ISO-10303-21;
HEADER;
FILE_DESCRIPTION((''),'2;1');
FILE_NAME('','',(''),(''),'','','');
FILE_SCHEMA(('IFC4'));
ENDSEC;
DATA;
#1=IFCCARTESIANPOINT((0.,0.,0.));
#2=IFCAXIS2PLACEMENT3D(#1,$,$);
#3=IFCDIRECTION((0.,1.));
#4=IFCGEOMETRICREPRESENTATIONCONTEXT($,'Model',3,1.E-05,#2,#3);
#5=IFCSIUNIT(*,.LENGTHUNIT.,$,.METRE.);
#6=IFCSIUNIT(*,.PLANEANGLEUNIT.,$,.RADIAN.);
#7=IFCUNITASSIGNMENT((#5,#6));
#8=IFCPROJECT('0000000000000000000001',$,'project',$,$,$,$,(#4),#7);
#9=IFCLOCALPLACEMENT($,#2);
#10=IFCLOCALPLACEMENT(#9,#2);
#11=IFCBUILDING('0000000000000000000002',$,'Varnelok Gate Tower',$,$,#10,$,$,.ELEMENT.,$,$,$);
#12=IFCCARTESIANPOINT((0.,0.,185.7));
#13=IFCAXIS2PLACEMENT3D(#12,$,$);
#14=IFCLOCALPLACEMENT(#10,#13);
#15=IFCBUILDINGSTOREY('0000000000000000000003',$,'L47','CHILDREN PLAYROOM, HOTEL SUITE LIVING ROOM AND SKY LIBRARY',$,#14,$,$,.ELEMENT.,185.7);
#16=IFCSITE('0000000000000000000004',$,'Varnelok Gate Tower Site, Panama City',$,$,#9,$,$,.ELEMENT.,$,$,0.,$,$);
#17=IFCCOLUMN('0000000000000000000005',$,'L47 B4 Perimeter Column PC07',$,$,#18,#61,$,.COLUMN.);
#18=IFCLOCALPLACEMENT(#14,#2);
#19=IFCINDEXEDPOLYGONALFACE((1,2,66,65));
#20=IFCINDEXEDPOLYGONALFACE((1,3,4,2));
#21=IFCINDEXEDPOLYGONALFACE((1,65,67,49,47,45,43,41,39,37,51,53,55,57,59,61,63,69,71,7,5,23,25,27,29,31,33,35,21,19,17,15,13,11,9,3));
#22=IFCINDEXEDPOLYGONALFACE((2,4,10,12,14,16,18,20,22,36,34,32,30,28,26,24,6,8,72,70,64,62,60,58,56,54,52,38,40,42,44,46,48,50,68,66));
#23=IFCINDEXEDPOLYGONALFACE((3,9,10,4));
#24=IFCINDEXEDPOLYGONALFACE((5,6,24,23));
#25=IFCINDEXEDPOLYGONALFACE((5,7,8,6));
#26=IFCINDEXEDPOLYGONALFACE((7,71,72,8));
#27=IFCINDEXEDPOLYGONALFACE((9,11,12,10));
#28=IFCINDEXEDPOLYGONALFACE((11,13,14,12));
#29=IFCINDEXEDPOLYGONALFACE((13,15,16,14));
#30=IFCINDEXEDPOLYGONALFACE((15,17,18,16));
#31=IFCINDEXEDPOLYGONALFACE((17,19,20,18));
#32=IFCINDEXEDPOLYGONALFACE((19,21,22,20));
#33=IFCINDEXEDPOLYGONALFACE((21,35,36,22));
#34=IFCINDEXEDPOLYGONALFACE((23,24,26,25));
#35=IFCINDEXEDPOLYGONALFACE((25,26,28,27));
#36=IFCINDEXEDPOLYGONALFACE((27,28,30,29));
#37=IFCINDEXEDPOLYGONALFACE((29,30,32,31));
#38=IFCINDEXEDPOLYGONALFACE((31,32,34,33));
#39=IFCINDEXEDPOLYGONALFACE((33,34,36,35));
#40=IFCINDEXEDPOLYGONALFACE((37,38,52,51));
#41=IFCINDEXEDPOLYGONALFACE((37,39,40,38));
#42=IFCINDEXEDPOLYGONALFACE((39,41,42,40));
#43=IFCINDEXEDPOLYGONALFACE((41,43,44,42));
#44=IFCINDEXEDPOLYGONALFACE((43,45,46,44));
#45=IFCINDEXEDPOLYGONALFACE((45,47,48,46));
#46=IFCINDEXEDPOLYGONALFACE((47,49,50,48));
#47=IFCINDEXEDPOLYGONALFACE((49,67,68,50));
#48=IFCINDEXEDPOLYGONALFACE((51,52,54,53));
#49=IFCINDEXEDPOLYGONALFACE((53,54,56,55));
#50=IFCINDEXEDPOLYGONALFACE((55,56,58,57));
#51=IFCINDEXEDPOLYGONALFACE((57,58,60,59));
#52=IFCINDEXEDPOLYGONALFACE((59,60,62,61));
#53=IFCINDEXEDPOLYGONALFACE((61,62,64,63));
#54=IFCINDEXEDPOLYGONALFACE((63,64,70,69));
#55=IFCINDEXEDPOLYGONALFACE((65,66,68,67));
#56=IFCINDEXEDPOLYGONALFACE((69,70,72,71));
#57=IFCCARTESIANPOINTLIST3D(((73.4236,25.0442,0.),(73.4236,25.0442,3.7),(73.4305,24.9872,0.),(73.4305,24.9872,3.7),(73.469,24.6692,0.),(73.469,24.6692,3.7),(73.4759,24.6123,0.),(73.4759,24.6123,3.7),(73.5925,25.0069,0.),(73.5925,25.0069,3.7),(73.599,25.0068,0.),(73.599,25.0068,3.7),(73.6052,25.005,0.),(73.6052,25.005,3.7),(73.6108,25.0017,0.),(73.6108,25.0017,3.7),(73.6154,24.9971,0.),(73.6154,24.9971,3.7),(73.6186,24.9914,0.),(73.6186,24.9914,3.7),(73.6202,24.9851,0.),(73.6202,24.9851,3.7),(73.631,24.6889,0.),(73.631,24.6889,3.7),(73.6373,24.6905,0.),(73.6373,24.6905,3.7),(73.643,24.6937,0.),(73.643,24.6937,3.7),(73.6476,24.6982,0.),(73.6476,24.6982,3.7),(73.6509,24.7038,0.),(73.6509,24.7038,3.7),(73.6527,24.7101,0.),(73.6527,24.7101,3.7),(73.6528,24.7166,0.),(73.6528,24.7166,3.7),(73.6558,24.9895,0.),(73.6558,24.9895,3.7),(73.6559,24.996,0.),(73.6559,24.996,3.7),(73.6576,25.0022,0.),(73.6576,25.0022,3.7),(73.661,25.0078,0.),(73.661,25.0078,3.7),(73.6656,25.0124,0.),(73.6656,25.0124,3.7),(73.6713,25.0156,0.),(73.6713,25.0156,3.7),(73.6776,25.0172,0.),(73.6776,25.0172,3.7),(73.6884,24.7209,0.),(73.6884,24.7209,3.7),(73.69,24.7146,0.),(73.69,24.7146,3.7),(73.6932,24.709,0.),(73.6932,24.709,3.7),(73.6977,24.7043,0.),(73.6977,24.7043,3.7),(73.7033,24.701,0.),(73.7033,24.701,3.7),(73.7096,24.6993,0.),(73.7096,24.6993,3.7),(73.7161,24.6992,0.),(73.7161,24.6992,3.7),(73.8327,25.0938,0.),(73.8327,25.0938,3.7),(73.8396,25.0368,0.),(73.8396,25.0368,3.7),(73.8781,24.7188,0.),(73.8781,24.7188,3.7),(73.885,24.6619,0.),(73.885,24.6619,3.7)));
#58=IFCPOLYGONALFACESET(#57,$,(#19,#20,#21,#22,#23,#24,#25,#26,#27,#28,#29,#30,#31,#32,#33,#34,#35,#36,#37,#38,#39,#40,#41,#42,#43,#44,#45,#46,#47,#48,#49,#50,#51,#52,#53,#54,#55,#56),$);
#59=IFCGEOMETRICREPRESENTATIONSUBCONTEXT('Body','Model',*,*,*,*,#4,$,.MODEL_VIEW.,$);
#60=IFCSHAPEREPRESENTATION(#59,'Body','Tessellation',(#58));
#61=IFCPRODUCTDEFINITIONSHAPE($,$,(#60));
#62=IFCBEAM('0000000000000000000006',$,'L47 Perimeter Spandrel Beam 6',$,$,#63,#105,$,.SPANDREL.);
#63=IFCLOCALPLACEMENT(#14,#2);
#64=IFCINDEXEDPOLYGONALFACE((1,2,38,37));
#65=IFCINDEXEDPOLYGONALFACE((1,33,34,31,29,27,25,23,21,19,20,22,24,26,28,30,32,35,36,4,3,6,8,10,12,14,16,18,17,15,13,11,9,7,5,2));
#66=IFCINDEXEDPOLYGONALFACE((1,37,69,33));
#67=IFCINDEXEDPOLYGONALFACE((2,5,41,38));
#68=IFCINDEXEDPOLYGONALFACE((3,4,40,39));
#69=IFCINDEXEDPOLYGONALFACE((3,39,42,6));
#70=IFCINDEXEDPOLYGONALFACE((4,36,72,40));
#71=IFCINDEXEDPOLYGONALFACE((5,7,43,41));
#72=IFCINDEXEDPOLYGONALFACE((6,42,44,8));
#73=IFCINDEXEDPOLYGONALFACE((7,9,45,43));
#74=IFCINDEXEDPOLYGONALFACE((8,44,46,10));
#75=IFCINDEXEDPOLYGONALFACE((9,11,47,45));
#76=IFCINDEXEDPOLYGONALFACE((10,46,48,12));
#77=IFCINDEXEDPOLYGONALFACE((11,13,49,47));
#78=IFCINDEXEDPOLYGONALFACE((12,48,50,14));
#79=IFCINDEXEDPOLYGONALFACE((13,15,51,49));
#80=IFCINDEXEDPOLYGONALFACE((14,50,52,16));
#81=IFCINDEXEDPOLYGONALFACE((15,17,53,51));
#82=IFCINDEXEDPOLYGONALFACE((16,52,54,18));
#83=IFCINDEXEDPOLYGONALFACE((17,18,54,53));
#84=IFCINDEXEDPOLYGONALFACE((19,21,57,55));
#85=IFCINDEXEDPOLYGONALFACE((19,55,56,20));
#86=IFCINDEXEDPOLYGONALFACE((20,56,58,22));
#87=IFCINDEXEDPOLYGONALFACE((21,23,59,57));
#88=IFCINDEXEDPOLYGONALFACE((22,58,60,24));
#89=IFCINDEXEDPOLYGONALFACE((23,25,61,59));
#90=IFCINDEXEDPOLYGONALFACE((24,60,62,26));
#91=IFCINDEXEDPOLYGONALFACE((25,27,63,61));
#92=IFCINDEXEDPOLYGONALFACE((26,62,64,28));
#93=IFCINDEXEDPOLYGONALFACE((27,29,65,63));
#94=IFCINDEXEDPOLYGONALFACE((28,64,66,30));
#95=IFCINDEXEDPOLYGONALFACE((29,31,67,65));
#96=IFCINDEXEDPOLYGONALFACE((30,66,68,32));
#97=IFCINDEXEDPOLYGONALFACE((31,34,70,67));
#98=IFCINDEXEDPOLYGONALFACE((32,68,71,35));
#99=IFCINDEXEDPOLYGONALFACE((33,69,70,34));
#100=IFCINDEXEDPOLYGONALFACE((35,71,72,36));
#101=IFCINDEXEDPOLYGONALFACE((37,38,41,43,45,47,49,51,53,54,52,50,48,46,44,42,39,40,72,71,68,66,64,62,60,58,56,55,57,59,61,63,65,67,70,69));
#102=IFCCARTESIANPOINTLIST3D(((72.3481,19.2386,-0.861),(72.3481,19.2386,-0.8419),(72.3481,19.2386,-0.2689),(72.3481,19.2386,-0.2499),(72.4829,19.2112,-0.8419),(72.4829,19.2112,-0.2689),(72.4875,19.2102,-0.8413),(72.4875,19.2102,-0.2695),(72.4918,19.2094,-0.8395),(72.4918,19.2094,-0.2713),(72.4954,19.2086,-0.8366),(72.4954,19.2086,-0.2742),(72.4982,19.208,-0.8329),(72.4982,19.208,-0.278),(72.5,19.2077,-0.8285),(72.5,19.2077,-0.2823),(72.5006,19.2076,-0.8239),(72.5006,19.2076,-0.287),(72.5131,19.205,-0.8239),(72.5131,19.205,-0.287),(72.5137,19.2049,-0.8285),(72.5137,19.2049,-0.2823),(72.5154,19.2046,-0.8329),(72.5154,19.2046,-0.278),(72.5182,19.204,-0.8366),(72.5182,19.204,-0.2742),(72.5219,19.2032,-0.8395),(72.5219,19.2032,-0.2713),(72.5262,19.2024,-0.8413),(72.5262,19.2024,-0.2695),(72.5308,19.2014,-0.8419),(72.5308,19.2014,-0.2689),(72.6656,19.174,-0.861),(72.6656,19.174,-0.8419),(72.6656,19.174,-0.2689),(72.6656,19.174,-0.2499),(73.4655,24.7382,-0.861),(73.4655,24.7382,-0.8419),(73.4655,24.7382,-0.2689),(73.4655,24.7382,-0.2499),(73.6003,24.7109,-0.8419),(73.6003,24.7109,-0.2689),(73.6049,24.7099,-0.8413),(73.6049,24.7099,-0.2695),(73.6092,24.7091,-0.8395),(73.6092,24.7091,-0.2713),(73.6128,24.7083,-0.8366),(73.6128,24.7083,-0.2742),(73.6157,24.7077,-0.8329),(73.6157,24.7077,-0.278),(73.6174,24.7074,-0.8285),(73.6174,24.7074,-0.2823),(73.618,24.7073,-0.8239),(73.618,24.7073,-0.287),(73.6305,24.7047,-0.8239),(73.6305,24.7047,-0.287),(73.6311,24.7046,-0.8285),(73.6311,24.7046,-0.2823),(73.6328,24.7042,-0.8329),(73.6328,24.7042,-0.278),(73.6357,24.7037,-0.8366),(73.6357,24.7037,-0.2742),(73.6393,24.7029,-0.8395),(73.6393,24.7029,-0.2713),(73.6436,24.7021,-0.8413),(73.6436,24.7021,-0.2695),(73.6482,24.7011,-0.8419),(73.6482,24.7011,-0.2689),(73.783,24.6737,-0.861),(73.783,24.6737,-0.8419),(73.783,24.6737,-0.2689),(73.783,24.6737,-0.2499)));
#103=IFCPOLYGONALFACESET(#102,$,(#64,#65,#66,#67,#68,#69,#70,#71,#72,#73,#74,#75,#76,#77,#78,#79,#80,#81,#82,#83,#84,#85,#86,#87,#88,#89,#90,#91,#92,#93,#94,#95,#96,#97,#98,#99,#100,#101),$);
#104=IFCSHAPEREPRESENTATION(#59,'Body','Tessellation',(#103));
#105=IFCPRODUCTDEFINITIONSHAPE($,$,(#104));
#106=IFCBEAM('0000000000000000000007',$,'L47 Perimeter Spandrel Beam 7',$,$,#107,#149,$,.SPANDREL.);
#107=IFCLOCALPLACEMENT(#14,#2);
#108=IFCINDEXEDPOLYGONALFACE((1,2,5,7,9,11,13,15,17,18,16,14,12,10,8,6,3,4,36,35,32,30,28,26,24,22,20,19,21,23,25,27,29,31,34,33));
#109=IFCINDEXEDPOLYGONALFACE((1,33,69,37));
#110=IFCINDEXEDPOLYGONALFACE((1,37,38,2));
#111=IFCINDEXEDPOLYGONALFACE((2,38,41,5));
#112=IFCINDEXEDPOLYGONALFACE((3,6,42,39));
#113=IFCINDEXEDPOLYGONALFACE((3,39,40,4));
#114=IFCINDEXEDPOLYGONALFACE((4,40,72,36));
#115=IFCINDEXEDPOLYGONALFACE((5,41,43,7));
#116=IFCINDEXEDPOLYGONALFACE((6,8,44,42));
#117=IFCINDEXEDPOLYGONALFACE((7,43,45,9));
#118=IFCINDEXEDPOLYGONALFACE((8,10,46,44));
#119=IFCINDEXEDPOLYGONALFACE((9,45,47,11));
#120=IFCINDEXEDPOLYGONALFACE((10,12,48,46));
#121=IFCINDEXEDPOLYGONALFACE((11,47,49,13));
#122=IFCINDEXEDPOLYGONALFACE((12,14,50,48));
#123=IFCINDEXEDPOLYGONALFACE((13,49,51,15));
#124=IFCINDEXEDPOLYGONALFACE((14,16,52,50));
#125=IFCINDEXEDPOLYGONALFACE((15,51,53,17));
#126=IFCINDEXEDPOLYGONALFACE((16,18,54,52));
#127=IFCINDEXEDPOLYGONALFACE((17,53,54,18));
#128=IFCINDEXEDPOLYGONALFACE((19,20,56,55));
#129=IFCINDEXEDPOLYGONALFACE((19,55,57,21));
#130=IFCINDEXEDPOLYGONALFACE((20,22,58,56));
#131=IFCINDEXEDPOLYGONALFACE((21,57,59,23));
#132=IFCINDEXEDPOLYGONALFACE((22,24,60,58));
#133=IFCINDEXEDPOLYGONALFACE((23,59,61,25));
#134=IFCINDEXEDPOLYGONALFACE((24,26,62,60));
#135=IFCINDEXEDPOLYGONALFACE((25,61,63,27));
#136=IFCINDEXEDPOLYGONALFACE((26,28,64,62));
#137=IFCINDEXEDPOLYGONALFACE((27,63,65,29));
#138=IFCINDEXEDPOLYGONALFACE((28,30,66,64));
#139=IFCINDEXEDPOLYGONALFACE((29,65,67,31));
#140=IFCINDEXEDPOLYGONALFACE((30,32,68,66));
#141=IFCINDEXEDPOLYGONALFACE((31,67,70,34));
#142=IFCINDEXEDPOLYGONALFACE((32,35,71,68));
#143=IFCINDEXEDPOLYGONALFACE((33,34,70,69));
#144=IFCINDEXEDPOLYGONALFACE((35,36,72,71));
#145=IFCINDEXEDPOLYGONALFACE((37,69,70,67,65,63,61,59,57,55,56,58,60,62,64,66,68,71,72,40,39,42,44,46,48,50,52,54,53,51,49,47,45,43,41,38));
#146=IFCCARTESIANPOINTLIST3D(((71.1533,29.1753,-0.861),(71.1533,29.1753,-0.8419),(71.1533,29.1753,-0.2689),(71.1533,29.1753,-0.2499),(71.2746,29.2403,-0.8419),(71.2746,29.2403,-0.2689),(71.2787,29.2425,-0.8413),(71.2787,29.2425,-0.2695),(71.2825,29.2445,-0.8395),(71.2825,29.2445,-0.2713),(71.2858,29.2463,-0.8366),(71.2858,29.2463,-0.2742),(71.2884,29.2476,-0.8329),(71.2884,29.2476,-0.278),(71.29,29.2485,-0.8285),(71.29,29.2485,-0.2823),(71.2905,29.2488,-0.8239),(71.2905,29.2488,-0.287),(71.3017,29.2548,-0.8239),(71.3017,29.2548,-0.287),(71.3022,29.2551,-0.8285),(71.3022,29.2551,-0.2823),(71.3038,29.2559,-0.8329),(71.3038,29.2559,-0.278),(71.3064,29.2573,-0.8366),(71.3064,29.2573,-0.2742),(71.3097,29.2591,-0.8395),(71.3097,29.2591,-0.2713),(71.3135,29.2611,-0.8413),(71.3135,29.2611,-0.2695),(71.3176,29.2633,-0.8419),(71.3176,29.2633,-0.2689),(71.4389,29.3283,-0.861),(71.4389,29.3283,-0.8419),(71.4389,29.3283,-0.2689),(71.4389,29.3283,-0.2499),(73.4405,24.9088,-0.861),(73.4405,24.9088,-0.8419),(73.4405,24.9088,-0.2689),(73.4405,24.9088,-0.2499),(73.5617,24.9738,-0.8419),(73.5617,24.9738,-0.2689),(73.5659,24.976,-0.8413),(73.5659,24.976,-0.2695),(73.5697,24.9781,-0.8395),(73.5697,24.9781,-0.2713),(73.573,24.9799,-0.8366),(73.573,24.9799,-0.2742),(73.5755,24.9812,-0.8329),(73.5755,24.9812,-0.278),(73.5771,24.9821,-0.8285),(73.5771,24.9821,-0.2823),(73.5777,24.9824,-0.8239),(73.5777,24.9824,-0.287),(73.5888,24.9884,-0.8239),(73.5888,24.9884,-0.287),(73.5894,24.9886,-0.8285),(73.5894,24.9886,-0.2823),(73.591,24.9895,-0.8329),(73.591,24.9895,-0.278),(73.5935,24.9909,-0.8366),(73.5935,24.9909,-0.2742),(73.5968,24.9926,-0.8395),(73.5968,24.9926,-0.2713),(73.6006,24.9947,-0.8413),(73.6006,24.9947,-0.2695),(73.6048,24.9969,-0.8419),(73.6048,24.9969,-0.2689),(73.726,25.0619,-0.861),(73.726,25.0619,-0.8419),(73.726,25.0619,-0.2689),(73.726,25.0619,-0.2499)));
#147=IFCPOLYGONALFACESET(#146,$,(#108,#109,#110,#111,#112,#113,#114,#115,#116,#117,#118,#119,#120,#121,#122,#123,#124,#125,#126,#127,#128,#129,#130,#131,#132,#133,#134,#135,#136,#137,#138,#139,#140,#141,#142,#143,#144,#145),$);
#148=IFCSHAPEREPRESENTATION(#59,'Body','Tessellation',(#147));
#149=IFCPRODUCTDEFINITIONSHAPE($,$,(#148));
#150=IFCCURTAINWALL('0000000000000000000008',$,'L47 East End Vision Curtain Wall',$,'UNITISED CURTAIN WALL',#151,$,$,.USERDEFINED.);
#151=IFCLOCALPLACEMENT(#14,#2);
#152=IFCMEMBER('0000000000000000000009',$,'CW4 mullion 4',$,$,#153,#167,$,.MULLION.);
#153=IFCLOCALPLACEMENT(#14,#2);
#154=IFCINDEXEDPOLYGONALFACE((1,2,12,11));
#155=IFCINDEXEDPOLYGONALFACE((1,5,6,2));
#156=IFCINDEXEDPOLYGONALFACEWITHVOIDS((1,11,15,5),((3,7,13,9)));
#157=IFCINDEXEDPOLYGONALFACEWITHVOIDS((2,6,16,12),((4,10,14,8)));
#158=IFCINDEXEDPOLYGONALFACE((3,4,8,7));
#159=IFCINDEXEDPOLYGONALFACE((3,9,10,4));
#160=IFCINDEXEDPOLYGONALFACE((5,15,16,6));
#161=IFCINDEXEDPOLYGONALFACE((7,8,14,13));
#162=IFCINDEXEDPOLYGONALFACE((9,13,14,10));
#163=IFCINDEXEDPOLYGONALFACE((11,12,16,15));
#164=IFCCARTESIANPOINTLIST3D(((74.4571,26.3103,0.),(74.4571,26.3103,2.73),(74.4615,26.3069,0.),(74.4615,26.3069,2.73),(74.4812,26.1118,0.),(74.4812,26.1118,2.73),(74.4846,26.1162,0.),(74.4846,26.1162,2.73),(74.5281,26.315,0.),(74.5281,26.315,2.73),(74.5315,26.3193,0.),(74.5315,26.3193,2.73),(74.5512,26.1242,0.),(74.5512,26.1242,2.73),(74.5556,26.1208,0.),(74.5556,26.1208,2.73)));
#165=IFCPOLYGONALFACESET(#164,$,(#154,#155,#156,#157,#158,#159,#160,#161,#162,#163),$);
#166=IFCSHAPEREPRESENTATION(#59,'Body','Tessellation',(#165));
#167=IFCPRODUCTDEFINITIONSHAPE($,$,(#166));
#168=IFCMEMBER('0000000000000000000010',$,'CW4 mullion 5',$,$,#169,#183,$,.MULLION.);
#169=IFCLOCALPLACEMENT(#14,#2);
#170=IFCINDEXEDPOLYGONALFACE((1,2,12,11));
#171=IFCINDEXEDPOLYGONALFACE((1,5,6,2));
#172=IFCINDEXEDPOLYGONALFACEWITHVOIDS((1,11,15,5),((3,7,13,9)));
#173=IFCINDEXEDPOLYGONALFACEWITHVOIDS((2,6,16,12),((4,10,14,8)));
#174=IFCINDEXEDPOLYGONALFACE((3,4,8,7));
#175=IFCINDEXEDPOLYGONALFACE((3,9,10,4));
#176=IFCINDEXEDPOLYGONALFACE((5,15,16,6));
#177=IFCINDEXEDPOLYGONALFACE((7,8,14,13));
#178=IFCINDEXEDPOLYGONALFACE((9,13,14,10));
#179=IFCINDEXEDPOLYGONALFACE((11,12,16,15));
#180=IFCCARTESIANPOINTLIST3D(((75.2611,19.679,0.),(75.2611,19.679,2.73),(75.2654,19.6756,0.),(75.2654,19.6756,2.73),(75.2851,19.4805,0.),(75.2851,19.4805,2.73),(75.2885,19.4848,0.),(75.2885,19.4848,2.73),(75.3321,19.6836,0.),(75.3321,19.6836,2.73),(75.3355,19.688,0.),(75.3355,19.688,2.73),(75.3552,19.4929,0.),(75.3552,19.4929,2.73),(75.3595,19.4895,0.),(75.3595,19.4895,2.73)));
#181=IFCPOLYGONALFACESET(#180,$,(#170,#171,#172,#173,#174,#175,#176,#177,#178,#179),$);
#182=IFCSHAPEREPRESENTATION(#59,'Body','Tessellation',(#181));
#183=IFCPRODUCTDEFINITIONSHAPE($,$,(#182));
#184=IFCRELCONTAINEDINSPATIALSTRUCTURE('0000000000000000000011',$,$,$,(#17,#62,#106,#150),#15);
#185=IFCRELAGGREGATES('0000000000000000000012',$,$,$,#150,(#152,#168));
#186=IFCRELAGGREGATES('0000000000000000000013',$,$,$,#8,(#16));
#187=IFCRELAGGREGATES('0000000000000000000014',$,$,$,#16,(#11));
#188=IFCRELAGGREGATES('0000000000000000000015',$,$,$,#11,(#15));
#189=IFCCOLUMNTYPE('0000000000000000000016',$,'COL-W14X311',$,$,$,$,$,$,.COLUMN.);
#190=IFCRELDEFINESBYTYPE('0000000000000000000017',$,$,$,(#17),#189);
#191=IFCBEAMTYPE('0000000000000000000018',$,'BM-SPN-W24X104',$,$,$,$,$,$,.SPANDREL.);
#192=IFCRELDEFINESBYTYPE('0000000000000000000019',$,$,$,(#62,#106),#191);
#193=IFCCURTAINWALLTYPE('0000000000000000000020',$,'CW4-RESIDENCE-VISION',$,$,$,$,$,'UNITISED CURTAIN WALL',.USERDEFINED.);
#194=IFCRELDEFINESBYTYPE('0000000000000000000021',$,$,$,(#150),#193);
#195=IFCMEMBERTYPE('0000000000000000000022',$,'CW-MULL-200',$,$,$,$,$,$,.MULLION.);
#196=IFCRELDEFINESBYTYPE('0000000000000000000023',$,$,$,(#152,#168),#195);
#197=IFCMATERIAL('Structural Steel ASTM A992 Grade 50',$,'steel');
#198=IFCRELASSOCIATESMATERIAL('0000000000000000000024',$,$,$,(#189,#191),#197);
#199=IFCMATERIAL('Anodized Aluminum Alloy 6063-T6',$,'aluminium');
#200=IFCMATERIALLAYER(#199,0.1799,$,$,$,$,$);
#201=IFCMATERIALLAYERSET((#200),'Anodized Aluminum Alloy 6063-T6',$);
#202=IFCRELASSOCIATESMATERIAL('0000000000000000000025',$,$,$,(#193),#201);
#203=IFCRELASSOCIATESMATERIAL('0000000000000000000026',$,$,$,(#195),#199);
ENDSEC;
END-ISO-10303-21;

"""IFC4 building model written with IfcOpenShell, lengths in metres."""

from ifc_helpers import new_model, si_unit, direction, frame, origin, origin_2d, place, context, subcontext, project, spatial, hollow_rectangle, i_section, extrude, material, layer, layer_set, material_profile, profile_set, type_object, element, aggregate, save


model = new_model("IFC4")

# Units and contexts
model_context = context("Model", 3, precision=1e-05, world=origin(), true_north=direction((0.0, 1.0)))
body_context = subcontext(model_context, "Body", "Model", "MODEL_VIEW")
ifc_project = project(units=[si_unit("LENGTHUNIT", "METRE"), si_unit("PLANEANGLEUNIT", "RADIAN")], contexts=[model_context])

# Site, building, storey
site_placement = place(None, origin())
site = spatial("IfcSite", under=ifc_project, at=site_placement, Name="Varnelok Gate Tower Site, Panama City", CompositionType="ELEMENT", RefElevation=0.0)
building_placement = place(site_placement, origin())
building = spatial("IfcBuilding", under=site, at=building_placement, Name="Varnelok Gate Tower", CompositionType="ELEMENT")
storey_placement = place(building_placement, frame((0.0, 0.0, 185.7)))
storey = spatial("IfcBuildingStorey", under=building, at=storey_placement, Name="L47", Description="CHILDREN PLAYROOM, HOTEL SUITE LIVING ROOM AND SKY LIBRARY", CompositionType="ELEMENT", Elevation=185.7)

# Column
ifc_material_1 = material(Name="Structural Steel ASTM A992 Grade 50", Category="steel")
ifc_material_profile_1 = material_profile(ifc_material_1, i_section(OverallWidth=0.4121, OverallDepth=0.4351, WebThickness=0.0359, FlangeThickness=0.0574, FilletRadius=0.0249, at=origin_2d()), Name="W14X311")
ifc_profile_set_1 = profile_set([ifc_material_profile_1], Name="Structural Steel ASTM A992 Grade 50")
column_type = type_object("IfcColumnType", Name="COL-W14X311", PredefinedType="COLUMN", material=ifc_profile_set_1)
column_placement = place(storey_placement, frame((73.6543, 24.853, 0.0), z_axis=(0.0, 0.0, 1.0), x_axis=(0.992732, 0.120345, 0.0)))
element("IfcColumn", 1, at=column_placement, inside=storey, type_object=column_type, Name="L47 B4 Perimeter Column PC07", PredefinedType="COLUMN", context=body_context, shape_type="SweptSolid", body=[
    extrude(i_section(OverallWidth=0.4121, OverallDepth=0.4351, WebThickness=0.0359, FlangeThickness=0.0574, FilletRadius=0.0249, at=origin_2d()), origin(), (0.0, 0.0, 1.0), 3.7),
])

# Beams
ifc_material_profile_2 = material_profile(ifc_material_1, i_section(OverallWidth=0.324, OverallDepth=0.6111, WebThickness=0.0127, FlangeThickness=0.019, FilletRadius=0.0181, at=origin_2d()), Name="W24X104")
ifc_profile_set_2 = profile_set([ifc_material_profile_2], Name="Structural Steel ASTM A992 Grade 50")
beam_type = type_object("IfcBeamType", Name="BM-SPN-W24X104", PredefinedType="SPANDREL", material=ifc_profile_set_2)
beam_1_placement = place(storey_placement, frame((72.5068, 19.2063, -0.5554), z_axis=(0.19911, 0.979977, 0.0), x_axis=(-0.979977, 0.19911, 0.0)))
element("IfcBeam", 2, at=beam_1_placement, inside=storey, type_object=beam_type, Name="L47 Perimeter Spandrel Beam 6", PredefinedType="SPANDREL", context=body_context, shape_type="SweptSolid", body=[
    extrude(i_section(OverallWidth=0.324, OverallDepth=0.6111, WebThickness=0.0127, FlangeThickness=0.019, FilletRadius=0.0181, at=origin_2d()), origin(), (0.0, 0.0, 1.0), 5.6121),
])
beam_2_placement = place(storey_placement, frame((73.5833, 24.9854, -0.5554), z_axis=(-0.472472, 0.881346, 0.0), x_axis=(-0.881346, -0.472472, 0.0)))
element("IfcBeam", 3, at=beam_2_placement, inside=storey, type_object=beam_type, Name="L47 Perimeter Spandrel Beam 7", PredefinedType="SPANDREL", context=body_context, shape_type="SweptSolid", body=[
    extrude(i_section(OverallWidth=0.324, OverallDepth=0.6111, WebThickness=0.0127, FlangeThickness=0.019, FilletRadius=0.0181, at=origin_2d()), origin(), (0.0, 0.0, 1.0), 4.8408),
])

# Curtain wall, members
ifc_material_2 = material(Name="Anodized Aluminum Alloy 6063-T6", Category="aluminium")
ifc_layer_1 = layer(ifc_material_2, 0.1799)
ifc_layer_set_1 = layer_set([ifc_layer_1], Name="Anodized Aluminum Alloy 6063-T6")
curtain_wall_type = type_object("IfcCurtainWallType", Name="CW4-RESIDENCE-VISION", ElementType="UNITISED CURTAIN WALL", PredefinedType="USERDEFINED", material=ifc_layer_set_1)
curtain_wall_placement = place(storey_placement, origin())
curtain_wall = element("IfcCurtainWall", 4, at=curtain_wall_placement, inside=storey, type_object=curtain_wall_type, Name="L47 East End Vision Curtain Wall", ObjectType="UNITISED CURTAIN WALL", PredefinedType="USERDEFINED")
ifc_material_profile_3 = material_profile(ifc_material_2, hollow_rectangle(XDim=0.075, YDim=0.2, WallThickness=0.0039, at=origin_2d()), Name="ALU200X75X4")
ifc_profile_set_3 = profile_set([ifc_material_profile_3], Name="Anodized Aluminum Alloy 6063-T6")
member_type_1 = type_object("IfcMemberType", Name="CW-MULL-200", PredefinedType="MULLION", material=ifc_profile_set_3)
member_1_placement = place(storey_placement, frame((74.5063, 26.2156, 0.0), z_axis=(0.0, 0.0, 1.0), x_axis=(0.992732, 0.120345, 0.0)))
member_1 = element("IfcMember", 5, at=member_1_placement, type_object=member_type_1, Name="CW4 mullion 4", PredefinedType="MULLION", context=body_context, shape_type="SweptSolid", body=[
    extrude(hollow_rectangle(XDim=0.075, YDim=0.2, WallThickness=0.0039, at=origin_2d()), origin(), (0.0, 0.0, 1.0), 2.73),
])
member_2_placement = place(storey_placement, frame((75.3103, 19.5842, 0.0), z_axis=(0.0, 0.0, 1.0), x_axis=(0.992732, 0.120345, 0.0)))
member_2 = element("IfcMember", 6, at=member_2_placement, type_object=member_type_1, Name="CW4 mullion 5", PredefinedType="MULLION", context=body_context, shape_type="SweptSolid", body=[
    extrude(hollow_rectangle(XDim=0.075, YDim=0.2, WallThickness=0.0039, at=origin_2d()), origin(), (0.0, 0.0, 1.0), 2.73),
])
aggregate(curtain_wall, [member_1, member_2])

save(model, "model.ifc")
